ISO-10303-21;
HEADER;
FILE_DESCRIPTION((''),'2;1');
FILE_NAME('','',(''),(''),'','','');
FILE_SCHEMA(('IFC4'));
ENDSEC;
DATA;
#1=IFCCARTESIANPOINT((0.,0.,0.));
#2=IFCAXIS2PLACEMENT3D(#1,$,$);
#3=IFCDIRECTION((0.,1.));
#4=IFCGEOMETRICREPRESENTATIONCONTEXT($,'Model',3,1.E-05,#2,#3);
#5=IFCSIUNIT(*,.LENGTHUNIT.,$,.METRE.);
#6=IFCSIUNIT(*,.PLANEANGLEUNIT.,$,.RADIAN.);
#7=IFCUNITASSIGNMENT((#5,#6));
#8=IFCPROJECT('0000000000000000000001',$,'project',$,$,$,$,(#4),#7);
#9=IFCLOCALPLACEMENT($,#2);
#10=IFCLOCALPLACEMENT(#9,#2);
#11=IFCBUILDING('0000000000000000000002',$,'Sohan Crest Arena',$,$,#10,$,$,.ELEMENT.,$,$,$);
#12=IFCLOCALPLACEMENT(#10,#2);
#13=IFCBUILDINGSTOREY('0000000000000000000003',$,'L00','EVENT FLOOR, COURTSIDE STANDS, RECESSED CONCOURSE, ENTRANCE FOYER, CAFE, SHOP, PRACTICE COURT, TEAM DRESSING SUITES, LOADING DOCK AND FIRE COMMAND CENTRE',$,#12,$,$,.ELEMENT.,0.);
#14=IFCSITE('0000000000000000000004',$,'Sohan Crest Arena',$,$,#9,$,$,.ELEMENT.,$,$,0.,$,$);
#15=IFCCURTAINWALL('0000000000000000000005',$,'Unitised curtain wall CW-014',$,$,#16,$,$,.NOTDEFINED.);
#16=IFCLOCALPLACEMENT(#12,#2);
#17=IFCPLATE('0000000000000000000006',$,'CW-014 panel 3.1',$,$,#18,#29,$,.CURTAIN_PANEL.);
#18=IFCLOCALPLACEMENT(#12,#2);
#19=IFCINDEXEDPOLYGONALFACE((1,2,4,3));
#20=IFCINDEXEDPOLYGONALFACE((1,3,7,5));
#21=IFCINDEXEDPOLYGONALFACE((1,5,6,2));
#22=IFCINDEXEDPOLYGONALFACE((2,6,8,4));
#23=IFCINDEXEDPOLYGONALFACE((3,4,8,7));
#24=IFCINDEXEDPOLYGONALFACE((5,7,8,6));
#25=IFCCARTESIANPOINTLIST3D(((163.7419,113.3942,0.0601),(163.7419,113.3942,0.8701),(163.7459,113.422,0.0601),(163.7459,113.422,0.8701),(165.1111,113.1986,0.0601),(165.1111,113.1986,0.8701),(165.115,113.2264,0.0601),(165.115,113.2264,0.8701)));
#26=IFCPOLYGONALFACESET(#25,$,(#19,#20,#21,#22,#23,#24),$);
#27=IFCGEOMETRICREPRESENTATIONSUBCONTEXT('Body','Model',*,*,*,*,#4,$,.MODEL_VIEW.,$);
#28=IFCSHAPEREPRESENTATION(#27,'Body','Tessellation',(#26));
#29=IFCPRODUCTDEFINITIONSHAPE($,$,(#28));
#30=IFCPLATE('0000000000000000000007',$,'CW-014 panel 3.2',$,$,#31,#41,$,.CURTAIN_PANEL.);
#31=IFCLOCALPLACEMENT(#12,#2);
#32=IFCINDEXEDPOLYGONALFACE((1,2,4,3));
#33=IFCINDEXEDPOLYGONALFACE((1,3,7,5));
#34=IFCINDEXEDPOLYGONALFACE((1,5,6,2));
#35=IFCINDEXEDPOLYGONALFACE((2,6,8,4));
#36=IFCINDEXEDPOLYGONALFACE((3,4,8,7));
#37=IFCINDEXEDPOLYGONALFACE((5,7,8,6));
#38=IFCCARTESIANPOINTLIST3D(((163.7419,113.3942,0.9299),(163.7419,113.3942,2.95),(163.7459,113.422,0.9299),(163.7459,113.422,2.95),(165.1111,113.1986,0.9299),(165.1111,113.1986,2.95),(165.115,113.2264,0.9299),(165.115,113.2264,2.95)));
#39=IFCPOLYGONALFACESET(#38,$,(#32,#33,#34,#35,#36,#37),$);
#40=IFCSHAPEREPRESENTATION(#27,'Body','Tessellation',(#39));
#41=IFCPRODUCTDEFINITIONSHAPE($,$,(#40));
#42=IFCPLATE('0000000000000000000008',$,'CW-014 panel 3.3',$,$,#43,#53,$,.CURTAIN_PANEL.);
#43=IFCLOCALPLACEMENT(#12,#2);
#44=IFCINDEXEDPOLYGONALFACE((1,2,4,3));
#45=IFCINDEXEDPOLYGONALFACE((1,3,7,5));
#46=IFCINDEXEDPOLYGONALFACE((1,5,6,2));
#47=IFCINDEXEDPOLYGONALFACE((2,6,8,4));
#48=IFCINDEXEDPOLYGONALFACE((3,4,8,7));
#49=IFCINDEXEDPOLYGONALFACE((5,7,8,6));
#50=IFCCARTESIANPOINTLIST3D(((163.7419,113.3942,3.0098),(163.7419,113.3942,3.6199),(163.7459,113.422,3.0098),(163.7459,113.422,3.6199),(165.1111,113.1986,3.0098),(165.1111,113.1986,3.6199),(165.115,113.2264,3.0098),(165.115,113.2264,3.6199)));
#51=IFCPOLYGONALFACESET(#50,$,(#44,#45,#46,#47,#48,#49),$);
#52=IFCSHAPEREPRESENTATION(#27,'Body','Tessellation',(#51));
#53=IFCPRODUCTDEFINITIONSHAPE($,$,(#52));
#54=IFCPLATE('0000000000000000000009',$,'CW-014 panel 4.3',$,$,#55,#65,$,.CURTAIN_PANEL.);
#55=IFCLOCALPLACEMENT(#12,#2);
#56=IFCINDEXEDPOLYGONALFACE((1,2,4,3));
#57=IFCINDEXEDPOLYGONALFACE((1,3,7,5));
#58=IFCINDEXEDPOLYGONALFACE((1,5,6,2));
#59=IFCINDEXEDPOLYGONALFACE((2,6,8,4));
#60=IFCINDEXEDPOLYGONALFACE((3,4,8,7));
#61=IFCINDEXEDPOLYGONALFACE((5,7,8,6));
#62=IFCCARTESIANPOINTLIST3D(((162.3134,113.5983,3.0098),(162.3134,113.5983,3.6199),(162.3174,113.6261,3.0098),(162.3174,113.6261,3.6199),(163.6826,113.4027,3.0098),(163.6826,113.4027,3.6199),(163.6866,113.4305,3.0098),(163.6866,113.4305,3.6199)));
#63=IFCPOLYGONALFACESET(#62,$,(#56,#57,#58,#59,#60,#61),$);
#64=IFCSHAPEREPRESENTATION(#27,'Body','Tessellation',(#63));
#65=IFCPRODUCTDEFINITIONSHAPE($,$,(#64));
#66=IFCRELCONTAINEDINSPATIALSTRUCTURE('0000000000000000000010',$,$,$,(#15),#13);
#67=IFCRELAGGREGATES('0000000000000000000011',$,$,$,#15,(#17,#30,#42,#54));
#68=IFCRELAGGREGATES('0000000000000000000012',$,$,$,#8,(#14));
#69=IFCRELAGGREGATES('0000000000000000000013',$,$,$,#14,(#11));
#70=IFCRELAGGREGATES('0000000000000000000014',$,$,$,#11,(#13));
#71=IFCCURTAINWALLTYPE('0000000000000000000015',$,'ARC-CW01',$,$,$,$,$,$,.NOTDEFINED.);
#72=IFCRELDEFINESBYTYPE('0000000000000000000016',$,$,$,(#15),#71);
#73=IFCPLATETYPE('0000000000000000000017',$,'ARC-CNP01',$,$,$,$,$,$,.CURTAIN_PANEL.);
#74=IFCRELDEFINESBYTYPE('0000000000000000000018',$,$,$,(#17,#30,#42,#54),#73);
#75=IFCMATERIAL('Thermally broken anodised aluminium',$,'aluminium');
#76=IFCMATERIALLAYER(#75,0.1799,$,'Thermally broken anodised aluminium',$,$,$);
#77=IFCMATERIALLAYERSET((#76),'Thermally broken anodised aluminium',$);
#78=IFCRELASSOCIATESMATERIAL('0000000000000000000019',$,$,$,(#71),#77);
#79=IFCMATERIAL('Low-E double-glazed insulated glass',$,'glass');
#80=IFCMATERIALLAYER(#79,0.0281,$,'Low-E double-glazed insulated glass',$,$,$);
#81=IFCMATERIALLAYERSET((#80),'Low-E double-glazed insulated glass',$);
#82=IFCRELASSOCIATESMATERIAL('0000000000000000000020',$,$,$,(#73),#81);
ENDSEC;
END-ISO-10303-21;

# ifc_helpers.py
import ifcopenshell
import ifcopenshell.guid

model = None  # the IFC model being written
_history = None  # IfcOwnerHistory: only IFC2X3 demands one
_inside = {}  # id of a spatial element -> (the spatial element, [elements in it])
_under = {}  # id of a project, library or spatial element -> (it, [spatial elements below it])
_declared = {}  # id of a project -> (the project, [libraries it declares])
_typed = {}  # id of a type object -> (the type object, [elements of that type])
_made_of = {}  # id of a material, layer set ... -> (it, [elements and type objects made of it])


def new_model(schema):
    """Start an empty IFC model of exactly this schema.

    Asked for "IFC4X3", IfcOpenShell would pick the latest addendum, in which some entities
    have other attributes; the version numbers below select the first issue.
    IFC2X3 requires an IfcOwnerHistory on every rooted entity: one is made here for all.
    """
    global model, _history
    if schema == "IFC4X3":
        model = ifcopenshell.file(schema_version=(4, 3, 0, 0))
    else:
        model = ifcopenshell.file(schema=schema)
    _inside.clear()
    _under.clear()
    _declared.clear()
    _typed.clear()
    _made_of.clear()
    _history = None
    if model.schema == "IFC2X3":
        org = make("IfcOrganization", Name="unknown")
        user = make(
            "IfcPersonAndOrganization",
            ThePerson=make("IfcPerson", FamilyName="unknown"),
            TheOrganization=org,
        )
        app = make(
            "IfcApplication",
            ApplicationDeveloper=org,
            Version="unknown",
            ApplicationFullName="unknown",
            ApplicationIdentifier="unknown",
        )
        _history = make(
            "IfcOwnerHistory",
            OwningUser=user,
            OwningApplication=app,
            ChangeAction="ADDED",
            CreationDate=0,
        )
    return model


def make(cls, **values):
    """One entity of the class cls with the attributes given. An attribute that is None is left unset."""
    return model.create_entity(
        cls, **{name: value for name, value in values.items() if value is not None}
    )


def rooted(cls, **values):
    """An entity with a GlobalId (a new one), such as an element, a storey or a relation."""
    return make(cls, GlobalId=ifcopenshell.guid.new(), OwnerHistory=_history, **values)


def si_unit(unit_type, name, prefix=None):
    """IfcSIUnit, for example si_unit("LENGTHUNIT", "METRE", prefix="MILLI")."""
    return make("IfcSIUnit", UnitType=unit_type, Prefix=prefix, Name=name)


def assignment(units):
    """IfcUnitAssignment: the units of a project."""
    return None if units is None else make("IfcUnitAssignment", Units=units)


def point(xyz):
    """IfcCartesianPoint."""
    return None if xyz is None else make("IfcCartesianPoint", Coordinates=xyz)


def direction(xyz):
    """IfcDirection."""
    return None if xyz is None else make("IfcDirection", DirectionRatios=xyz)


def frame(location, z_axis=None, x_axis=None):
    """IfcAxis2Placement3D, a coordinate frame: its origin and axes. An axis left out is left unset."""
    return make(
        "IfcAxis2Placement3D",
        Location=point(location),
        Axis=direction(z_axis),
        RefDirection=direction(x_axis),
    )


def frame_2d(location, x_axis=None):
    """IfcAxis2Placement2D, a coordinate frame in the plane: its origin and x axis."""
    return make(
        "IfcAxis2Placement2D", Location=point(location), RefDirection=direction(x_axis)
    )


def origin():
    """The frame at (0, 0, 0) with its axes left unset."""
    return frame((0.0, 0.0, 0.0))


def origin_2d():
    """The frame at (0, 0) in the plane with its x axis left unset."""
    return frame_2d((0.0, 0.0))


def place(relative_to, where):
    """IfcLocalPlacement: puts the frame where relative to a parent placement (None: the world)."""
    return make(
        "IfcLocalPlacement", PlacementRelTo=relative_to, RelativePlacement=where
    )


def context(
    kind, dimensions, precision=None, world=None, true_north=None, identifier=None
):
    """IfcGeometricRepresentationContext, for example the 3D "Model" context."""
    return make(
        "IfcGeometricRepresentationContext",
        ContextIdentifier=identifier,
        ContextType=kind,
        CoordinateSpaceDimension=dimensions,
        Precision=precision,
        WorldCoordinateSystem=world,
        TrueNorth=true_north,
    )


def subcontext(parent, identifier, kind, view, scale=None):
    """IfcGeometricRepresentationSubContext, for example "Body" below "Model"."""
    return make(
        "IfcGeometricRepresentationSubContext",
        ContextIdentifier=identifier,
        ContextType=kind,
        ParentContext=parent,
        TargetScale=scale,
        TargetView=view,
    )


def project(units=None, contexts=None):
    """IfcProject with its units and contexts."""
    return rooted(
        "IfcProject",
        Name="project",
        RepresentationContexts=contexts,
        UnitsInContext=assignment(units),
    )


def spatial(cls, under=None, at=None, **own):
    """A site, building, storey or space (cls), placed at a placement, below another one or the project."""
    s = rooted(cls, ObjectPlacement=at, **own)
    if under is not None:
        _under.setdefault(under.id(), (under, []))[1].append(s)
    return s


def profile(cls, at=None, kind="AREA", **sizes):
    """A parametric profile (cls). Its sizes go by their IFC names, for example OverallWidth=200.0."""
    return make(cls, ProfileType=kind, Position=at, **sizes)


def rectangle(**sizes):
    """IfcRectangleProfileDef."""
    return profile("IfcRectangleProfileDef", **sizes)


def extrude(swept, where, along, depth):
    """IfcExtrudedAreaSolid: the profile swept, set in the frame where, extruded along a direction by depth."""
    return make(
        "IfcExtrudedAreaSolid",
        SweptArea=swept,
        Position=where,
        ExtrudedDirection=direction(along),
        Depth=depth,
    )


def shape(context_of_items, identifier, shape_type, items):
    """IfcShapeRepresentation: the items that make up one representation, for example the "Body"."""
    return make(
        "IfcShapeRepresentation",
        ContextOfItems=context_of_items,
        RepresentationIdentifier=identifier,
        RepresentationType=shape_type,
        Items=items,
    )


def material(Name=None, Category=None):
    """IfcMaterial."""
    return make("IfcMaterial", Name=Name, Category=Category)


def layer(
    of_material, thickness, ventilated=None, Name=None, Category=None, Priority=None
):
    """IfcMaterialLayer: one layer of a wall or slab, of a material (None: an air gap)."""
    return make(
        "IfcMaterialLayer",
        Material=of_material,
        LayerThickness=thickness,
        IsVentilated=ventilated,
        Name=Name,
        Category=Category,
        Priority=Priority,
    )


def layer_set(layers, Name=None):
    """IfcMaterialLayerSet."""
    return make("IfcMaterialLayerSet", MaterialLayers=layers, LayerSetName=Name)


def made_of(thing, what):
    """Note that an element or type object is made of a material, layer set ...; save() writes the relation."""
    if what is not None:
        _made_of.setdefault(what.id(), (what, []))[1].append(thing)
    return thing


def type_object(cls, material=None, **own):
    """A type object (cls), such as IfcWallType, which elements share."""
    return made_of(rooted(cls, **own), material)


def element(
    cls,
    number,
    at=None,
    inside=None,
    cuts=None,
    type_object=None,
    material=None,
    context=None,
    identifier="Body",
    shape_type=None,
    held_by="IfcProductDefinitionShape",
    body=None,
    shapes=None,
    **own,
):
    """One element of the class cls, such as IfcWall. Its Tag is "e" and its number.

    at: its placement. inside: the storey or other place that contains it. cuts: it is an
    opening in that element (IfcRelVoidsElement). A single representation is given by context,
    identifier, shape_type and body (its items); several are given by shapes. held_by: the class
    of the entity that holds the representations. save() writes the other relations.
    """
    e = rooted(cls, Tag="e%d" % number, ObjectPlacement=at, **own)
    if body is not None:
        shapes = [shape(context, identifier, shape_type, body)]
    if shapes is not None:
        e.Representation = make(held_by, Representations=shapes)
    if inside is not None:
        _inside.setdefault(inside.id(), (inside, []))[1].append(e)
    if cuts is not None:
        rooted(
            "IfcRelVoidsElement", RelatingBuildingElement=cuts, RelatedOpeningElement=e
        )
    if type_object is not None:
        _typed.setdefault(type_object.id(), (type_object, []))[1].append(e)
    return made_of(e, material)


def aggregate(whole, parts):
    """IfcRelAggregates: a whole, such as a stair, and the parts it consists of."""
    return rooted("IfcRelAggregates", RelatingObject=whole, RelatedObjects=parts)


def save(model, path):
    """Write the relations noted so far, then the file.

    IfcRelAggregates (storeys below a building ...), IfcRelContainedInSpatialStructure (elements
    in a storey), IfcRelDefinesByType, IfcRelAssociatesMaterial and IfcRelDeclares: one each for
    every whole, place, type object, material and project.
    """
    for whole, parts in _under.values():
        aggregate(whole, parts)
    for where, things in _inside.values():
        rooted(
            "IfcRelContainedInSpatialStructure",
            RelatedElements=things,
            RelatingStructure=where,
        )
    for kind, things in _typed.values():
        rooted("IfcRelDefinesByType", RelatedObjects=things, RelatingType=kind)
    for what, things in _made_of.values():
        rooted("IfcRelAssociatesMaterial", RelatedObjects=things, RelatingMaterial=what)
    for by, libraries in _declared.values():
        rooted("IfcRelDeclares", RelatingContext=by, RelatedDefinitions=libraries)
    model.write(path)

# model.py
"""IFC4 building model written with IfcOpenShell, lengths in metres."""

from ifc_helpers import new_model, si_unit, direction, frame, origin, origin_2d, place, context, subcontext, project, spatial, rectangle, extrude, material, layer, layer_set, type_object, element, aggregate, save


model = new_model("IFC4")

# Units and contexts
model_context = context("Model", 3, precision=1e-05, world=origin(), true_north=direction((0.0, 1.0)))
body_context = subcontext(model_context, "Body", "Model", "MODEL_VIEW")
ifc_project = project(units=[si_unit("LENGTHUNIT", "METRE"), si_unit("PLANEANGLEUNIT", "RADIAN")], contexts=[model_context])

# Site, building, storey
site_placement = place(None, origin())
site = spatial("IfcSite", under=ifc_project, at=site_placement, Name="Sohan Crest Arena", CompositionType="ELEMENT", RefElevation=0.0)
building_placement = place(site_placement, origin())
building = spatial("IfcBuilding", under=site, at=building_placement, Name="Sohan Crest Arena", CompositionType="ELEMENT")
storey_placement = place(building_placement, origin())
storey = spatial("IfcBuildingStorey", under=building, at=storey_placement, Name="L00", Description="EVENT FLOOR, COURTSIDE STANDS, RECESSED CONCOURSE, ENTRANCE FOYER, CAFE, SHOP, PRACTICE COURT, TEAM DRESSING SUITES, LOADING DOCK AND FIRE COMMAND CENTRE", CompositionType="ELEMENT", Elevation=0.0)

# Curtain wall
ifc_material_1 = material(Name="Thermally broken anodised aluminium", Category="aluminium")
ifc_layer_1 = layer(ifc_material_1, 0.1799, Name="Thermally broken anodised aluminium")
ifc_layer_set_1 = layer_set([ifc_layer_1], Name="Thermally broken anodised aluminium")
curtain_wall_type = type_object("IfcCurtainWallType", Name="ARC-CW01", PredefinedType="NOTDEFINED", material=ifc_layer_set_1)
curtain_wall_placement = place(storey_placement, origin())
curtain_wall = element("IfcCurtainWall", 1, at=curtain_wall_placement, inside=storey, type_object=curtain_wall_type, Name="Unitised curtain wall CW-014", PredefinedType="NOTDEFINED")

# Plates
ifc_material_2 = material(Name="Low-E double-glazed insulated glass", Category="glass")
ifc_layer_2 = layer(ifc_material_2, 0.0281, Name="Low-E double-glazed insulated glass")
ifc_layer_set_2 = layer_set([ifc_layer_2], Name="Low-E double-glazed insulated glass")
plate_type = type_object("IfcPlateType", Name="ARC-CNP01", PredefinedType="CURTAIN_PANEL", material=ifc_layer_set_2)
plate_1_placement = place(storey_placement, frame((164.4285, 113.3103, 0.0601), z_axis=(0.0, 0.0, 1.0), x_axis=(-0.989944, 0.141463, 0.0)))
plate_1 = element("IfcPlate", 2, at=plate_1_placement, type_object=plate_type, Name="CW-014 panel 3.1", PredefinedType="CURTAIN_PANEL", context=body_context, shape_type="SweptSolid", body=[
    extrude(rectangle(XDim=1.3831, YDim=0.0281, at=origin_2d()), origin(), (0.0, 0.0, 1.0), 0.8101),
])
plate_2_placement = place(storey_placement, frame((164.4285, 113.3103, 0.9299), z_axis=(0.0, 0.0, 1.0), x_axis=(-0.989944, 0.141463, 0.0)))
plate_2 = element("IfcPlate", 3, at=plate_2_placement, type_object=plate_type, Name="CW-014 panel 3.2", PredefinedType="CURTAIN_PANEL", context=body_context, shape_type="SweptSolid", body=[
    extrude(rectangle(XDim=1.3831, YDim=0.0281, at=origin_2d()), origin(), (0.0, 0.0, 1.0), 2.02),
])
plate_3_placement = place(storey_placement, frame((164.4285, 113.3103, 3.0098), z_axis=(0.0, 0.0, 1.0), x_axis=(-0.989944, 0.141463, 0.0)))
plate_3 = element("IfcPlate", 4, at=plate_3_placement, type_object=plate_type, Name="CW-014 panel 3.3", PredefinedType="CURTAIN_PANEL", context=body_context, shape_type="SweptSolid", body=[
    extrude(rectangle(XDim=1.3831, YDim=0.0281, at=origin_2d()), origin(), (0.0, 0.0, 1.0), 0.6101),
])
plate_4_placement = place(storey_placement, frame((163.0, 113.5144, 3.0098), z_axis=(0.0, 0.0, 1.0), x_axis=(-0.989944, 0.141463, 0.0)))
plate_4 = element("IfcPlate", 5, at=plate_4_placement, type_object=plate_type, Name="CW-014 panel 4.3", PredefinedType="CURTAIN_PANEL", context=body_context, shape_type="SweptSolid", body=[
    extrude(rectangle(XDim=1.3831, YDim=0.0281, at=origin_2d()), origin(), (0.0, 0.0, 1.0), 0.6101),
])
aggregate(curtain_wall, [plate_1, plate_2, plate_3, plate_4])

save(model, "model.ifc")
